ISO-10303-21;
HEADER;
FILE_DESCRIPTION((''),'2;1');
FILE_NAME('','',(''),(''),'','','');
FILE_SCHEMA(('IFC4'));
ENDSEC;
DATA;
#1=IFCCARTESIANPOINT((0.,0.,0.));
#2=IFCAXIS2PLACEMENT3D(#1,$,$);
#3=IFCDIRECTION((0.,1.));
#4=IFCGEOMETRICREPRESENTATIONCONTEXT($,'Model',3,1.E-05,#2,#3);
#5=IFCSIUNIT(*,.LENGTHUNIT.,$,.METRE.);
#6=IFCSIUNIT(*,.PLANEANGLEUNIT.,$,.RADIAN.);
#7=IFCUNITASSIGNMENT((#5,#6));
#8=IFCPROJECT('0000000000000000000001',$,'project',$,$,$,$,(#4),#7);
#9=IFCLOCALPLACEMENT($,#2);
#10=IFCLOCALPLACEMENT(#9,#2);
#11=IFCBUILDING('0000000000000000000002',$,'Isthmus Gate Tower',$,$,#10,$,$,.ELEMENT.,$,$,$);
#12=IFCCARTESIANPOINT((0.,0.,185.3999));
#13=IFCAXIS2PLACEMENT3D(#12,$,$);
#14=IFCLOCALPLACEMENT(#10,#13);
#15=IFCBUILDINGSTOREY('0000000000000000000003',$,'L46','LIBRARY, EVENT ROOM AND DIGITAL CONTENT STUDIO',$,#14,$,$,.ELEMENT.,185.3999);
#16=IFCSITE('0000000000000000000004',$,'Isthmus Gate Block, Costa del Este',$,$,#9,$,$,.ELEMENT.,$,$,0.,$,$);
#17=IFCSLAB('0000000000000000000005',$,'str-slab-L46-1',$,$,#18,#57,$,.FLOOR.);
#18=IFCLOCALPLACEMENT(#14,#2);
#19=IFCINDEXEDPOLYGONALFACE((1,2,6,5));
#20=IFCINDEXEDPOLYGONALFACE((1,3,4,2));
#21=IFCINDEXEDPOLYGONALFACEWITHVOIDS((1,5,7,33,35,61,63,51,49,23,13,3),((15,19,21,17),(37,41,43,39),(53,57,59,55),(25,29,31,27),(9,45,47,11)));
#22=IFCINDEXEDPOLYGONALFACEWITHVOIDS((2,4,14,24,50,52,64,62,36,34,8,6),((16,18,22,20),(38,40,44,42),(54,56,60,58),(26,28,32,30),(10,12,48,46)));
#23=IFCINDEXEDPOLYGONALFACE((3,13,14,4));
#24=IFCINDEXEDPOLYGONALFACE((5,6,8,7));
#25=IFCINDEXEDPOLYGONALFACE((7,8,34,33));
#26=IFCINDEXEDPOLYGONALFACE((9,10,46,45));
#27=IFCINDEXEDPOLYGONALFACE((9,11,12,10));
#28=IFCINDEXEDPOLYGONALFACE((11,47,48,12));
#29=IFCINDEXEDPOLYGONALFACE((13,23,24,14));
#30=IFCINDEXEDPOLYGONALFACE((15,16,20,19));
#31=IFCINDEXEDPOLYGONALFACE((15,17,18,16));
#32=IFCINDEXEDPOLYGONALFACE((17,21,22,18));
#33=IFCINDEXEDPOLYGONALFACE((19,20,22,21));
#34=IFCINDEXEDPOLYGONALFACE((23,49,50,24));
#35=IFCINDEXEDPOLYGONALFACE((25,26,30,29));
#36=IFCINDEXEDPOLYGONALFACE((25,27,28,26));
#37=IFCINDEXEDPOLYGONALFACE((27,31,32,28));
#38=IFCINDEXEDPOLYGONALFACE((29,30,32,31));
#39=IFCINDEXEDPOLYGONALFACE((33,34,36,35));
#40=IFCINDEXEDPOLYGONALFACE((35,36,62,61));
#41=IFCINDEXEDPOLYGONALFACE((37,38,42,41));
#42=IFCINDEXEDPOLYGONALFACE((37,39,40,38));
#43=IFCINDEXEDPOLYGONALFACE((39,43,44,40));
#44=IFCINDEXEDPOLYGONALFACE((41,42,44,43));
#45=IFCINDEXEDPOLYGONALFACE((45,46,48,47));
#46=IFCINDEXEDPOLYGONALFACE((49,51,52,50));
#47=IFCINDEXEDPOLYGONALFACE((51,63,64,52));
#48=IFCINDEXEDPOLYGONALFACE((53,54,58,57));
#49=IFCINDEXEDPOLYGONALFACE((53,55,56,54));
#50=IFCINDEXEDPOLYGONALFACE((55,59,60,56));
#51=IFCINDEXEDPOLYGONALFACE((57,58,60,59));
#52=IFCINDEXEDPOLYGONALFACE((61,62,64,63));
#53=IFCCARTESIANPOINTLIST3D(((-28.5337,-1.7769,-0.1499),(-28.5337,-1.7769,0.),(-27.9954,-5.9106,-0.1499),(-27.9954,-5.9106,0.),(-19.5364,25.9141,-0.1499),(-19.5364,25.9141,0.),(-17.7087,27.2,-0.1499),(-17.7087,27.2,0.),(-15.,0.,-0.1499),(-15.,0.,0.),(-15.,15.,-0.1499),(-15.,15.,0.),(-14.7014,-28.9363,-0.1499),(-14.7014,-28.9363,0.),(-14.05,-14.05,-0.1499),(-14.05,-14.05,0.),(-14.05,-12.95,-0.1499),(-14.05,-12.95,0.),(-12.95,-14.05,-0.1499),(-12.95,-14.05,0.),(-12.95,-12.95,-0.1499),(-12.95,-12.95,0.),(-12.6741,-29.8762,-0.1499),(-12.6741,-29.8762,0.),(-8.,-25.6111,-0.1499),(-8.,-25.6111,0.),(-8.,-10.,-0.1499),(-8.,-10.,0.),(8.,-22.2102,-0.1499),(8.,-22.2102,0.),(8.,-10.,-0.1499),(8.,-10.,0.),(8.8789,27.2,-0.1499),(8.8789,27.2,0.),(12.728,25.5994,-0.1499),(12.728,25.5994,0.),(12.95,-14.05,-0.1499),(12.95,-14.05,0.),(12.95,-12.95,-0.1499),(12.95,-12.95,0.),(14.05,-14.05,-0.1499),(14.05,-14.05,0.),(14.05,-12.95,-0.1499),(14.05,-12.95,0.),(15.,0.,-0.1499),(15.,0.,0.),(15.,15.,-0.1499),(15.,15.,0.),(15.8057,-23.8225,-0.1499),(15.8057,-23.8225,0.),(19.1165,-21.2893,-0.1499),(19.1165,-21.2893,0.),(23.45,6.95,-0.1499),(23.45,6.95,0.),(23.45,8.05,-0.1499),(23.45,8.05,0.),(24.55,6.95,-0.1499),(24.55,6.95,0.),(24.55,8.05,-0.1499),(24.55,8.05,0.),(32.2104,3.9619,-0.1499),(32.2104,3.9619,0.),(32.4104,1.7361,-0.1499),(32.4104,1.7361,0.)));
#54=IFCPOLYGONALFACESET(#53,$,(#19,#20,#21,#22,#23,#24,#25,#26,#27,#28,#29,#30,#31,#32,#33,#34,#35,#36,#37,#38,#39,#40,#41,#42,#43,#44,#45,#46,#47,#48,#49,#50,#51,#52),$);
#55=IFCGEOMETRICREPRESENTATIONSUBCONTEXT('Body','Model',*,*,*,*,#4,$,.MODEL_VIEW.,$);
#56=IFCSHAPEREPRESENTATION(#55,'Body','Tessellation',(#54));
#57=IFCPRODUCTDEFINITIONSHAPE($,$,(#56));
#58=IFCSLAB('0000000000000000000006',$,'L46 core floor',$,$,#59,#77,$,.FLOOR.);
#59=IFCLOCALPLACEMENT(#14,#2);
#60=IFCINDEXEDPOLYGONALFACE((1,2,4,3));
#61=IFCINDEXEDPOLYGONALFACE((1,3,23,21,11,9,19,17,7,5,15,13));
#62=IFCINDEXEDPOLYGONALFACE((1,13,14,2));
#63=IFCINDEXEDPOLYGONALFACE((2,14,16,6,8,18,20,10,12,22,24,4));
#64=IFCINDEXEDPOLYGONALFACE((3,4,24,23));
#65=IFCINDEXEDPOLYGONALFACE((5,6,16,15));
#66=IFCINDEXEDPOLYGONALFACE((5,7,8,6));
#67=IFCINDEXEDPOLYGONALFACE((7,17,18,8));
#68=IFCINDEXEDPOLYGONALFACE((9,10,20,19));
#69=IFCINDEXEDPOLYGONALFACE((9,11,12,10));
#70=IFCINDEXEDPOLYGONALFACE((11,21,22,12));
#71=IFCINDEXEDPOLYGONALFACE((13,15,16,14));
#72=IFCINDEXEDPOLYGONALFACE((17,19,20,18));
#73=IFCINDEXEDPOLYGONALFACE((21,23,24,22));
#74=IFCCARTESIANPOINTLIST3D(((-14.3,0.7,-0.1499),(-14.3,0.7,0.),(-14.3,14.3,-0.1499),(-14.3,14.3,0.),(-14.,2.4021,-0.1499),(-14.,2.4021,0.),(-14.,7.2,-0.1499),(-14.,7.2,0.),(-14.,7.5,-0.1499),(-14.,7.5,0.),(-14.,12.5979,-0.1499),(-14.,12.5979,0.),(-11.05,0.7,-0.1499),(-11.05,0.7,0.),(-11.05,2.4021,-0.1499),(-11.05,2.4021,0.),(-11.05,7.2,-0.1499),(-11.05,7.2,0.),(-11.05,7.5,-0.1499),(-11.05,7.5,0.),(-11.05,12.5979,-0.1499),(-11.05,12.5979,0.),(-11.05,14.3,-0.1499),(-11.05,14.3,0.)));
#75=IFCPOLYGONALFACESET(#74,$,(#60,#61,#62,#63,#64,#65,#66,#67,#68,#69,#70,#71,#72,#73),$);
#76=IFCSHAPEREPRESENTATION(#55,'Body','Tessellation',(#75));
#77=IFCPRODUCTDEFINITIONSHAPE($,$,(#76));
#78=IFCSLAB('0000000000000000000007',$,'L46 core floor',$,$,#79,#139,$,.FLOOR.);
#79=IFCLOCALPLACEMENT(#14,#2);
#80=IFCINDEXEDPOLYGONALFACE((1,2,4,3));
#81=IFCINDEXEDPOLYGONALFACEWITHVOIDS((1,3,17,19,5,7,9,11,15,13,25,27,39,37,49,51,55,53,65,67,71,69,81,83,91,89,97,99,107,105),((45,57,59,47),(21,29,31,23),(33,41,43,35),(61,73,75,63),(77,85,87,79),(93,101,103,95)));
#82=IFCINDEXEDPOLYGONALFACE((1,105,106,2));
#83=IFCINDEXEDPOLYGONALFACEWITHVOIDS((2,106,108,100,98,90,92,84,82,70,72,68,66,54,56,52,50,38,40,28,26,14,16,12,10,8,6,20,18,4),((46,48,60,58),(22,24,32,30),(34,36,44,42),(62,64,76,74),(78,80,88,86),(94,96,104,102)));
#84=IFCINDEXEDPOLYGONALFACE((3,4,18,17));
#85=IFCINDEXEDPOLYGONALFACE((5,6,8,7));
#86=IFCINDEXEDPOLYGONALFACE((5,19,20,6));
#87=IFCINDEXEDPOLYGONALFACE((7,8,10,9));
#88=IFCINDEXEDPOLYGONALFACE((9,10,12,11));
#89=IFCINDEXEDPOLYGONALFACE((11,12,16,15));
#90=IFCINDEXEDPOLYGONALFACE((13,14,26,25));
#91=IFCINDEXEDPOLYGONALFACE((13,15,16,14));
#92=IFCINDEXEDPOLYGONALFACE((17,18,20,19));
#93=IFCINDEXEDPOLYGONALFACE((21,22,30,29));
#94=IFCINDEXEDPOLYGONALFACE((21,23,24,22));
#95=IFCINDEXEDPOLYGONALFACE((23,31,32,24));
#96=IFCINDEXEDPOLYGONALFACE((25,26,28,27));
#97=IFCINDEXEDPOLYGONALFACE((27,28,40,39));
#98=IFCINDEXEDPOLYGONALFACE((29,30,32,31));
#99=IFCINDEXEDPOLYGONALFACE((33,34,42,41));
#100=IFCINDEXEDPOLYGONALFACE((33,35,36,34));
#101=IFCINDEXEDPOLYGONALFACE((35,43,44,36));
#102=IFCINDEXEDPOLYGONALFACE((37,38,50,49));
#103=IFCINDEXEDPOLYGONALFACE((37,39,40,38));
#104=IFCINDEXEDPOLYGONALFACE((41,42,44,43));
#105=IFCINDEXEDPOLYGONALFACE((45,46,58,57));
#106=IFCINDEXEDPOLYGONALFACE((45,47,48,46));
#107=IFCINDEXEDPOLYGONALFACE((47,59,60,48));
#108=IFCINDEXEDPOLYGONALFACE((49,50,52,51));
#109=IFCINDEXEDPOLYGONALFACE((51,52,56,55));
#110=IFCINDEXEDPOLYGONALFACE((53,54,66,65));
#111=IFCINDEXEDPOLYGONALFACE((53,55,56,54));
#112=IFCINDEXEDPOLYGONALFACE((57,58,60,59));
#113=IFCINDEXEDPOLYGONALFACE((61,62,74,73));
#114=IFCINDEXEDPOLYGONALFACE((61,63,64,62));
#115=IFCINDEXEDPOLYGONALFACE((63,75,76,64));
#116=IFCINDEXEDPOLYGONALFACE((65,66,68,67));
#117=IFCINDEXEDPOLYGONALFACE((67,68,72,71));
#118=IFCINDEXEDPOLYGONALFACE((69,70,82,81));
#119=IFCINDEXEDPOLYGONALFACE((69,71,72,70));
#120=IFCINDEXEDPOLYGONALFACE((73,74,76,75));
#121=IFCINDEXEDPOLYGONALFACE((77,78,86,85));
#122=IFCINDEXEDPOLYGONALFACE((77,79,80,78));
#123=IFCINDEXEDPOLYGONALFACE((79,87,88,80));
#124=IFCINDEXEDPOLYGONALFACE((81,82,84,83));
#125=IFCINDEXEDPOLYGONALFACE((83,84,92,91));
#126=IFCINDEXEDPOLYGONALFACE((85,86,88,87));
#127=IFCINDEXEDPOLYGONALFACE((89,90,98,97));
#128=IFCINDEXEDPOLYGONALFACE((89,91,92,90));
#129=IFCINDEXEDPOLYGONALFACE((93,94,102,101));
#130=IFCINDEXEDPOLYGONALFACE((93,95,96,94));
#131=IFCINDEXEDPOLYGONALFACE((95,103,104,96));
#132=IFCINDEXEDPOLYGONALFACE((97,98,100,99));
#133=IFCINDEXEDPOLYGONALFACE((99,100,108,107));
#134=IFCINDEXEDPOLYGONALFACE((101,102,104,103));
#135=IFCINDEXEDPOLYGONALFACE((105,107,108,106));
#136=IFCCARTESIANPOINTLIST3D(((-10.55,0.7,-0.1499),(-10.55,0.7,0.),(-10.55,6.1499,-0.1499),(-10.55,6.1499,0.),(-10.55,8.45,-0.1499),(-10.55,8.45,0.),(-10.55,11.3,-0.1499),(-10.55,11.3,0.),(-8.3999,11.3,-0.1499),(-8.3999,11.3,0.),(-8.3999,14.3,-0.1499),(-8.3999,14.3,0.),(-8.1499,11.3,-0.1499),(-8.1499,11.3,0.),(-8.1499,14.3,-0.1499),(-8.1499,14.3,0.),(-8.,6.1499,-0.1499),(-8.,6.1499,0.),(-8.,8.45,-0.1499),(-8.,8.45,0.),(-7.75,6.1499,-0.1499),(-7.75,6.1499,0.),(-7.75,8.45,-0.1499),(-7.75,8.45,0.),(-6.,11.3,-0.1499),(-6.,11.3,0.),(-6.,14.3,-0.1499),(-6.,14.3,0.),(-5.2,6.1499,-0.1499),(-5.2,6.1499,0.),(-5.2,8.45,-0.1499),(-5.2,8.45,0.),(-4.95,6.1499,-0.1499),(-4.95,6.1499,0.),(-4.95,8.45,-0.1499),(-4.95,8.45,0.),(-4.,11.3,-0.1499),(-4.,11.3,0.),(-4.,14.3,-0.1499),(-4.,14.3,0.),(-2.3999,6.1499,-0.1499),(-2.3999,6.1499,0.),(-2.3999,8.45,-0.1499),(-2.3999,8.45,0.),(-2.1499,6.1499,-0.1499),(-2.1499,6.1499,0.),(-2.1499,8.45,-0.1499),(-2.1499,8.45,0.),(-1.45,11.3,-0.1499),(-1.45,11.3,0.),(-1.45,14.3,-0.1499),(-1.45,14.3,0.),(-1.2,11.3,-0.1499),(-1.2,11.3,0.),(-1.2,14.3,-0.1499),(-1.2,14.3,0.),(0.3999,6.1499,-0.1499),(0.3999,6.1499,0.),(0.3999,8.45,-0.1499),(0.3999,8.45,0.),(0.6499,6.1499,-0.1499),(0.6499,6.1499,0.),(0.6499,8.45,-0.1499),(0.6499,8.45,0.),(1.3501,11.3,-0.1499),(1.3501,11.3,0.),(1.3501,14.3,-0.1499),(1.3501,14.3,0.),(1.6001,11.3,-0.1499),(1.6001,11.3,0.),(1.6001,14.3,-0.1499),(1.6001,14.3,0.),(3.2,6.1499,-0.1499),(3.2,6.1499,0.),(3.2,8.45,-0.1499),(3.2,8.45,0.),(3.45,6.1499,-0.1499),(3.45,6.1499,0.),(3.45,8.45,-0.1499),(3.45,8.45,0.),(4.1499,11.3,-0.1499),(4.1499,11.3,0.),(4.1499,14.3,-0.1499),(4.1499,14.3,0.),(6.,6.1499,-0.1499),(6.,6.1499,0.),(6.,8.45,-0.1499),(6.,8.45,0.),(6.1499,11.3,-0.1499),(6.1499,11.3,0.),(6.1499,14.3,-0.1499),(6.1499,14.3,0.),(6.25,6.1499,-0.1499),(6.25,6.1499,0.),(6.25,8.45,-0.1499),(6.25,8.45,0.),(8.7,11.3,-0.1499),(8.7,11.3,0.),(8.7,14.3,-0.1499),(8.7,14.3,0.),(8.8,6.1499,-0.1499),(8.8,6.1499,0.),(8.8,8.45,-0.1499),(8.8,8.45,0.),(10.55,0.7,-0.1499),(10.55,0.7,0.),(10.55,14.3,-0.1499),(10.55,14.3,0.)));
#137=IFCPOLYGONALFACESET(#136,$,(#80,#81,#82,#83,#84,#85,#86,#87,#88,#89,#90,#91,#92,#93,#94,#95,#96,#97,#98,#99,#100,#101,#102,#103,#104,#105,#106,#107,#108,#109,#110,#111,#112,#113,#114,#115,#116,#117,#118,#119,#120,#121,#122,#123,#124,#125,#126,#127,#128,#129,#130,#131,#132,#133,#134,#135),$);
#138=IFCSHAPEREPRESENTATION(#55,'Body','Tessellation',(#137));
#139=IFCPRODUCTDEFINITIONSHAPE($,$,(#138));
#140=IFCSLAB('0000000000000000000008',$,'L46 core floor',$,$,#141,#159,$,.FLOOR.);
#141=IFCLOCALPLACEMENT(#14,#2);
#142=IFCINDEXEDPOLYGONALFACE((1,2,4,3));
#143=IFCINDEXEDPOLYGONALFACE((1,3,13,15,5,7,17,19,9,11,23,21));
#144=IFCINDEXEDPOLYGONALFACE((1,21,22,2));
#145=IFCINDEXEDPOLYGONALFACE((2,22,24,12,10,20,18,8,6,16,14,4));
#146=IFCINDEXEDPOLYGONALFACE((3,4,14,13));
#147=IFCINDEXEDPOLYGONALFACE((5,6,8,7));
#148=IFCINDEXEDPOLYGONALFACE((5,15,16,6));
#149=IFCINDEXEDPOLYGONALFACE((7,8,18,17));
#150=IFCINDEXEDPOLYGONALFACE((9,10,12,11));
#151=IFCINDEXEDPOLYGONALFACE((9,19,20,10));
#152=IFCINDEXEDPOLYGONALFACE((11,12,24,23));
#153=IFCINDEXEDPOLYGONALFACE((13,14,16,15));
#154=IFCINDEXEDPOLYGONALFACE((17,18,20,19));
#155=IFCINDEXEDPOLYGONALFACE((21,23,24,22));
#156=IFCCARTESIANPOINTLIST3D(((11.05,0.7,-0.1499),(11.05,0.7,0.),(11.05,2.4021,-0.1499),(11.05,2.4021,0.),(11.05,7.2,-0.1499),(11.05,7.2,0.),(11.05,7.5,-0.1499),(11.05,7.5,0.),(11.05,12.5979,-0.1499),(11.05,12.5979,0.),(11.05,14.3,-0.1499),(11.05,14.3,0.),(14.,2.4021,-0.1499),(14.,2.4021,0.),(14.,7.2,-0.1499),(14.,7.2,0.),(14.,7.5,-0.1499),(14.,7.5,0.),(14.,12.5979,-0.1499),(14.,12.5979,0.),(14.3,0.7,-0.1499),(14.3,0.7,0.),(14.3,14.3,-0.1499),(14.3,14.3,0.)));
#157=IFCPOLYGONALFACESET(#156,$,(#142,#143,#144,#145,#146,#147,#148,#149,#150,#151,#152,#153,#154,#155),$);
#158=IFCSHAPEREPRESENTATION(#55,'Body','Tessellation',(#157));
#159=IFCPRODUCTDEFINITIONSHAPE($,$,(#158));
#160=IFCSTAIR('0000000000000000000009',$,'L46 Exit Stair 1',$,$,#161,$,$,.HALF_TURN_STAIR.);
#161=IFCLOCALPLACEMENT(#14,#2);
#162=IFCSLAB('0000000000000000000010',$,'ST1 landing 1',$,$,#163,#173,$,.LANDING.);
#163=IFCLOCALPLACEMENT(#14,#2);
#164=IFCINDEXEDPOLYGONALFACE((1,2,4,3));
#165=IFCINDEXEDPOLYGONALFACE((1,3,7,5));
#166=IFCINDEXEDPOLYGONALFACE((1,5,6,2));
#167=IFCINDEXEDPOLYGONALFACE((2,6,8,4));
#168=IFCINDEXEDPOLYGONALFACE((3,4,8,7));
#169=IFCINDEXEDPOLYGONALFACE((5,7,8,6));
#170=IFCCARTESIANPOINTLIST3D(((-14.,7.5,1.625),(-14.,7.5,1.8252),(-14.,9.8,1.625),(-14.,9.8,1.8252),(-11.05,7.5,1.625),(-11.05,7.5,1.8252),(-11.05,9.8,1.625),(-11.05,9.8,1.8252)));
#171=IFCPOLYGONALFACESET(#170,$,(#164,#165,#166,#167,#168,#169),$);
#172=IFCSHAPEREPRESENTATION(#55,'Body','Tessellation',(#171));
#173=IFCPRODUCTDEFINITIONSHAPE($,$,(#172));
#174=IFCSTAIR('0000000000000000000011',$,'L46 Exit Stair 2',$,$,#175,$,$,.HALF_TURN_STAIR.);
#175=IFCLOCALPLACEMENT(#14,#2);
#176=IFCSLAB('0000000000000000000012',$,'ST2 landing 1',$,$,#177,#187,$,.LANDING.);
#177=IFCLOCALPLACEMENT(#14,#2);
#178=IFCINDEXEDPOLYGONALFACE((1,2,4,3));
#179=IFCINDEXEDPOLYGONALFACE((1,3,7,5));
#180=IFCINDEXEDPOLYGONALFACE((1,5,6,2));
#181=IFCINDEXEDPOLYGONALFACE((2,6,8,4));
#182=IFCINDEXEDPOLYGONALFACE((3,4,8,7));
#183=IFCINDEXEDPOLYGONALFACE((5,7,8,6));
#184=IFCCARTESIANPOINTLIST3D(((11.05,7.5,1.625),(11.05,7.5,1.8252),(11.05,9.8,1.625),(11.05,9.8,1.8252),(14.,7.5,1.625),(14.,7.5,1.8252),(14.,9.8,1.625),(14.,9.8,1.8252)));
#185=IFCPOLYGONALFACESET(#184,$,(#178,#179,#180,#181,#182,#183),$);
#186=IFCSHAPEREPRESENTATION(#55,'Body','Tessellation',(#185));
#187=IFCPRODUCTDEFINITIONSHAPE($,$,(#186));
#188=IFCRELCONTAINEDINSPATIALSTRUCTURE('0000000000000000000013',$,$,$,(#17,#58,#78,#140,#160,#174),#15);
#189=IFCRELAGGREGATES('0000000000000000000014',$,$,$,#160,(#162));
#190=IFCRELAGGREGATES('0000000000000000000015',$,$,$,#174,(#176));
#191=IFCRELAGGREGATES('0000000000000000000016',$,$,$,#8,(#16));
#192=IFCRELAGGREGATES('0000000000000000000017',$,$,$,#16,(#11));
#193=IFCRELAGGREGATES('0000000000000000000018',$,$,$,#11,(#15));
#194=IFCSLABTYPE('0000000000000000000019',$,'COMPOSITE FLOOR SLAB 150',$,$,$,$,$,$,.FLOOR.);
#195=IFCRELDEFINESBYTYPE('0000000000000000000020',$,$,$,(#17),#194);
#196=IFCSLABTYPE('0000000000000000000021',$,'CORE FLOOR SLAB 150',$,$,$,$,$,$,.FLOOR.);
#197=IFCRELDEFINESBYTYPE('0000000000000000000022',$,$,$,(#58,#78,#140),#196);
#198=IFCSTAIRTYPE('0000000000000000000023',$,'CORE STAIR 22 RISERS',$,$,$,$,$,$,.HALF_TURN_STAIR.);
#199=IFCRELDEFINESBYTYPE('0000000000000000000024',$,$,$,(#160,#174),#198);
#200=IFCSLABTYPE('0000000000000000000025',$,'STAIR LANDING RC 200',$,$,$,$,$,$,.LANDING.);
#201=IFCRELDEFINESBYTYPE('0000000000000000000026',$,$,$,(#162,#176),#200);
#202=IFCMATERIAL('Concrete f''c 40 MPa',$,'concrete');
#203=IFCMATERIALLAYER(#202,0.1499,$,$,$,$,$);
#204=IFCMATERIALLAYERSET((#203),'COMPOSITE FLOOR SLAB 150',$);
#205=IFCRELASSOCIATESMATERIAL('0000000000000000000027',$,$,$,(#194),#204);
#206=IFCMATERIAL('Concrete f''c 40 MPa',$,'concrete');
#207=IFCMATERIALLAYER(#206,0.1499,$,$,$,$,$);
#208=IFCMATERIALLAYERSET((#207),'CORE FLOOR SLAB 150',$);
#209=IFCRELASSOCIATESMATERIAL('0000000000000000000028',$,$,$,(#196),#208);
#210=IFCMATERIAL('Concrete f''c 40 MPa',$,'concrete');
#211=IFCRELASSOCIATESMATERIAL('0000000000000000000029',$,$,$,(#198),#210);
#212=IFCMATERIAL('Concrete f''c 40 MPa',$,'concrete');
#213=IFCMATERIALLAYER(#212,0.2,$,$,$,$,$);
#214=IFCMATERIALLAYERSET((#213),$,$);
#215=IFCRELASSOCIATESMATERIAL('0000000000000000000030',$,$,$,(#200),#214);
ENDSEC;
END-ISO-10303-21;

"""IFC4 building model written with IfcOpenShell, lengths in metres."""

from ifc_helpers import new_model, si_unit, direction, frame, origin, place, context, subcontext, project, spatial, polyline, outline, extrude, material, layer, layer_set, type_object, element, aggregate, save


model = new_model("IFC4")

# Units and contexts
model_context = context("Model", 3, precision=1e-05, world=origin(), true_north=direction((0.0, 1.0)))
body_context = subcontext(model_context, "Body", "Model", "MODEL_VIEW")
ifc_project = project(units=[si_unit("LENGTHUNIT", "METRE"), si_unit("PLANEANGLEUNIT", "RADIAN")], contexts=[model_context])

# Site, building, storey
site_placement = place(None, origin())
site = spatial("IfcSite", under=ifc_project, at=site_placement, Name="Isthmus Gate Block, Costa del Este", CompositionType="ELEMENT", RefElevation=0.0)
building_placement = place(site_placement, origin())
building = spatial("IfcBuilding", under=site, at=building_placement, Name="Isthmus Gate Tower", CompositionType="ELEMENT")
storey_placement = place(building_placement, frame((0.0, 0.0, 185.3999)))
storey = spatial("IfcBuildingStorey", under=building, at=storey_placement, Name="L46", Description="LIBRARY, EVENT ROOM AND DIGITAL CONTENT STUDIO", CompositionType="ELEMENT", Elevation=185.3999)

# Slabs
ifc_material_1 = material(Name="Concrete f'c 40 MPa", Category="concrete")
ifc_layer_1 = layer(ifc_material_1, 0.1499)
ifc_layer_set_1 = layer_set([ifc_layer_1], Name="COMPOSITE FLOOR SLAB 150")
slab_type_1 = type_object("IfcSlabType", Name="COMPOSITE FLOOR SLAB 150", PredefinedType="FLOOR", material=ifc_layer_set_1)
slab_1_placement = place(storey_placement, frame((0.0, 0.0, -0.1499)))
element("IfcSlab", 1, at=slab_1_placement, inside=storey, type_object=slab_type_1, Name="str-slab-L46-1", PredefinedType="FLOOR", context=body_context, shape_type="SweptSolid", body=[
    extrude(outline(polyline([(12.728, 25.5994), (32.2104, 3.9619), (32.4104, 1.7361), (19.1165, -21.2893), (15.8057, -23.8225), (-12.6741, -29.8762), (-14.7014, -28.9363), (-27.9954, -5.9106), (-28.5337, -1.7769), (-19.5364, 25.9141), (-17.7087, 27.2), (8.8789, 27.2), (12.728, 25.5994)]), holes=[polyline([(-8.0, -10.0), (-8.0, -25.6111), (8.0, -22.2102), (8.0, -10.0), (-8.0, -10.0)]), polyline([(-14.05, -12.95), (-14.05, -14.05), (-12.95, -14.05), (-12.95, -12.95), (-14.05, -12.95)]), polyline([(14.05, -12.95), (12.95, -12.95), (12.95, -14.05), (14.05, -14.05), (14.05, -12.95)]), polyline([(-15.0, 15.0), (-15.0, 0.0), (15.0, 0.0), (15.0, 15.0), (-15.0, 15.0)]), polyline([(24.55, 6.95), (24.55, 8.05), (23.45, 8.05), (23.45, 6.95), (24.55, 6.95)])]), origin(), (0.0, 0.0, 1.0), 0.1499),
])
ifc_material_2 = material(Name="Concrete f'c 40 MPa", Category="concrete")
ifc_layer_2 = layer(ifc_material_2, 0.1499)
ifc_layer_set_2 = layer_set([ifc_layer_2], Name="CORE FLOOR SLAB 150")
slab_type_2 = type_object("IfcSlabType", Name="CORE FLOOR SLAB 150", PredefinedType="FLOOR", material=ifc_layer_set_2)
slab_2_placement = place(storey_placement, frame((0.0, 0.0, -0.1499)))
element("IfcSlab", 2, at=slab_2_placement, inside=storey, type_object=slab_type_2, Name="L46 core floor", PredefinedType="FLOOR", context=body_context, shape_type="SweptSolid", body=[
    extrude(outline(polyline([(-11.05, 0.7), (-11.05, 2.4021), (-14.0, 2.4021), (-14.0, 7.2), (-11.05, 7.2), (-11.05, 7.5), (-14.0, 7.5), (-14.0, 12.5979), (-11.05, 12.5979), (-11.05, 14.3), (-14.3, 14.3), (-14.3, 0.7), (-11.05, 0.7)])), origin(), (0.0, 0.0, 1.0), 0.1499),
])
slab_3_placement = place(storey_placement, frame((0.0, 0.0, -0.1499)))
element("IfcSlab", 3, at=slab_3_placement, inside=storey, type_object=slab_type_2, Name="L46 core floor", PredefinedType="FLOOR", context=body_context, shape_type="SweptSolid", body=[
    extrude(outline(polyline([(10.55, 14.3), (8.7, 14.3), (8.7, 11.3), (6.1499, 11.3), (6.1499, 14.3), (4.1499, 14.3), (4.1499, 11.3), (1.6001, 11.3), (1.6001, 14.3), (1.3501, 14.3), (1.3501, 11.3), (-1.2, 11.3), (-1.2, 14.3), (-1.45, 14.3), (-1.45, 11.3), (-4.0, 11.3), (-4.0, 14.3), (-6.0, 14.3), (-6.0, 11.3), (-8.1499, 11.3), (-8.1499, 14.3), (-8.3999, 14.3), (-8.3999, 11.3), (-10.55, 11.3), (-10.55, 8.45), (-8.0, 8.45), (-8.0, 6.1499), (-10.55, 6.1499), (-10.55, 0.7), (10.55, 0.7), (10.55, 14.3)]), holes=[polyline([(-5.2, 8.45), (-5.2, 6.1499), (-7.75, 6.1499), (-7.75, 8.45), (-5.2, 8.45)]), polyline([(-2.3999, 8.45), (-2.3999, 6.1499), (-4.95, 6.1499), (-4.95, 8.45), (-2.3999, 8.45)]), polyline([(0.3999, 8.45), (0.3999, 6.1499), (-2.1499, 6.1499), (-2.1499, 8.45), (0.3999, 8.45)]), polyline([(3.2, 8.45), (3.2, 6.1499), (0.6499, 6.1499), (0.6499, 8.45), (3.2, 8.45)]), polyline([(6.0, 8.45), (6.0, 6.1499), (3.45, 6.1499), (3.45, 8.45), (6.0, 8.45)]), polyline([(8.8, 8.45), (8.8, 6.1499), (6.25, 6.1499), (6.25, 8.45), (8.8, 8.45)])]), origin(), (0.0, 0.0, 1.0), 0.1499),
])
slab_4_placement = place(storey_placement, frame((0.0, 0.0, -0.1499)))
element("IfcSlab", 4, at=slab_4_placement, inside=storey, type_object=slab_type_2, Name="L46 core floor", PredefinedType="FLOOR", context=body_context, shape_type="SweptSolid", body=[
    extrude(outline(polyline([(11.05, 14.3), (11.05, 12.5979), (14.0, 12.5979), (14.0, 7.5), (11.05, 7.5), (11.05, 7.2), (14.0, 7.2), (14.0, 2.4021), (11.05, 2.4021), (11.05, 0.7), (14.3, 0.7), (14.3, 14.3), (11.05, 14.3)])), origin(), (0.0, 0.0, 1.0), 0.1499),
])

# Stairs, slabs
ifc_material_3 = material(Name="Concrete f'c 40 MPa", Category="concrete")
stair_type = type_object("IfcStairType", Name="CORE STAIR 22 RISERS", PredefinedType="HALF_TURN_STAIR", material=ifc_material_3)
stair_1_placement = place(storey_placement, origin())
stair_1 = element("IfcStair", 5, at=stair_1_placement, inside=storey, type_object=stair_type, Name="L46 Exit Stair 1", PredefinedType="HALF_TURN_STAIR")
ifc_material_4 = material(Name="Concrete f'c 40 MPa", Category="concrete")
ifc_layer_3 = layer(ifc_material_4, 0.2)
ifc_layer_set_3 = layer_set([ifc_layer_3])
slab_type_3 = type_object("IfcSlabType", Name="STAIR LANDING RC 200", PredefinedType="LANDING", material=ifc_layer_set_3)
slab_5_placement = place(storey_placement, frame((0.0, 0.0, 1.625)))
slab_5 = element("IfcSlab", 6, at=slab_5_placement, type_object=slab_type_3, Name="ST1 landing 1", PredefinedType="LANDING", context=body_context, shape_type="SweptSolid", body=[
    extrude(outline(polyline([(-14.0, 9.8), (-14.0, 7.5), (-11.05, 7.5), (-11.05, 9.8), (-14.0, 9.8)])), origin(), (0.0, 0.0, 1.0), 0.2002),
])
aggregate(stair_1, [slab_5])
stair_2_placement = place(storey_placement, origin())
stair_2 = element("IfcStair", 7, at=stair_2_placement, inside=storey, type_object=stair_type, Name="L46 Exit Stair 2", PredefinedType="HALF_TURN_STAIR")
slab_6_placement = place(storey_placement, frame((0.0, 0.0, 1.625)))
slab_6 = element("IfcSlab", 8, at=slab_6_placement, type_object=slab_type_3, Name="ST2 landing 1", PredefinedType="LANDING", context=body_context, shape_type="SweptSolid", body=[
    extrude(outline(polyline([(11.05, 9.8), (11.05, 7.5), (14.0, 7.5), (14.0, 9.8), (11.05, 9.8)])), origin(), (0.0, 0.0, 1.0), 0.2002),
])
aggregate(stair_2, [slab_6])

save(model, "model.ifc")
